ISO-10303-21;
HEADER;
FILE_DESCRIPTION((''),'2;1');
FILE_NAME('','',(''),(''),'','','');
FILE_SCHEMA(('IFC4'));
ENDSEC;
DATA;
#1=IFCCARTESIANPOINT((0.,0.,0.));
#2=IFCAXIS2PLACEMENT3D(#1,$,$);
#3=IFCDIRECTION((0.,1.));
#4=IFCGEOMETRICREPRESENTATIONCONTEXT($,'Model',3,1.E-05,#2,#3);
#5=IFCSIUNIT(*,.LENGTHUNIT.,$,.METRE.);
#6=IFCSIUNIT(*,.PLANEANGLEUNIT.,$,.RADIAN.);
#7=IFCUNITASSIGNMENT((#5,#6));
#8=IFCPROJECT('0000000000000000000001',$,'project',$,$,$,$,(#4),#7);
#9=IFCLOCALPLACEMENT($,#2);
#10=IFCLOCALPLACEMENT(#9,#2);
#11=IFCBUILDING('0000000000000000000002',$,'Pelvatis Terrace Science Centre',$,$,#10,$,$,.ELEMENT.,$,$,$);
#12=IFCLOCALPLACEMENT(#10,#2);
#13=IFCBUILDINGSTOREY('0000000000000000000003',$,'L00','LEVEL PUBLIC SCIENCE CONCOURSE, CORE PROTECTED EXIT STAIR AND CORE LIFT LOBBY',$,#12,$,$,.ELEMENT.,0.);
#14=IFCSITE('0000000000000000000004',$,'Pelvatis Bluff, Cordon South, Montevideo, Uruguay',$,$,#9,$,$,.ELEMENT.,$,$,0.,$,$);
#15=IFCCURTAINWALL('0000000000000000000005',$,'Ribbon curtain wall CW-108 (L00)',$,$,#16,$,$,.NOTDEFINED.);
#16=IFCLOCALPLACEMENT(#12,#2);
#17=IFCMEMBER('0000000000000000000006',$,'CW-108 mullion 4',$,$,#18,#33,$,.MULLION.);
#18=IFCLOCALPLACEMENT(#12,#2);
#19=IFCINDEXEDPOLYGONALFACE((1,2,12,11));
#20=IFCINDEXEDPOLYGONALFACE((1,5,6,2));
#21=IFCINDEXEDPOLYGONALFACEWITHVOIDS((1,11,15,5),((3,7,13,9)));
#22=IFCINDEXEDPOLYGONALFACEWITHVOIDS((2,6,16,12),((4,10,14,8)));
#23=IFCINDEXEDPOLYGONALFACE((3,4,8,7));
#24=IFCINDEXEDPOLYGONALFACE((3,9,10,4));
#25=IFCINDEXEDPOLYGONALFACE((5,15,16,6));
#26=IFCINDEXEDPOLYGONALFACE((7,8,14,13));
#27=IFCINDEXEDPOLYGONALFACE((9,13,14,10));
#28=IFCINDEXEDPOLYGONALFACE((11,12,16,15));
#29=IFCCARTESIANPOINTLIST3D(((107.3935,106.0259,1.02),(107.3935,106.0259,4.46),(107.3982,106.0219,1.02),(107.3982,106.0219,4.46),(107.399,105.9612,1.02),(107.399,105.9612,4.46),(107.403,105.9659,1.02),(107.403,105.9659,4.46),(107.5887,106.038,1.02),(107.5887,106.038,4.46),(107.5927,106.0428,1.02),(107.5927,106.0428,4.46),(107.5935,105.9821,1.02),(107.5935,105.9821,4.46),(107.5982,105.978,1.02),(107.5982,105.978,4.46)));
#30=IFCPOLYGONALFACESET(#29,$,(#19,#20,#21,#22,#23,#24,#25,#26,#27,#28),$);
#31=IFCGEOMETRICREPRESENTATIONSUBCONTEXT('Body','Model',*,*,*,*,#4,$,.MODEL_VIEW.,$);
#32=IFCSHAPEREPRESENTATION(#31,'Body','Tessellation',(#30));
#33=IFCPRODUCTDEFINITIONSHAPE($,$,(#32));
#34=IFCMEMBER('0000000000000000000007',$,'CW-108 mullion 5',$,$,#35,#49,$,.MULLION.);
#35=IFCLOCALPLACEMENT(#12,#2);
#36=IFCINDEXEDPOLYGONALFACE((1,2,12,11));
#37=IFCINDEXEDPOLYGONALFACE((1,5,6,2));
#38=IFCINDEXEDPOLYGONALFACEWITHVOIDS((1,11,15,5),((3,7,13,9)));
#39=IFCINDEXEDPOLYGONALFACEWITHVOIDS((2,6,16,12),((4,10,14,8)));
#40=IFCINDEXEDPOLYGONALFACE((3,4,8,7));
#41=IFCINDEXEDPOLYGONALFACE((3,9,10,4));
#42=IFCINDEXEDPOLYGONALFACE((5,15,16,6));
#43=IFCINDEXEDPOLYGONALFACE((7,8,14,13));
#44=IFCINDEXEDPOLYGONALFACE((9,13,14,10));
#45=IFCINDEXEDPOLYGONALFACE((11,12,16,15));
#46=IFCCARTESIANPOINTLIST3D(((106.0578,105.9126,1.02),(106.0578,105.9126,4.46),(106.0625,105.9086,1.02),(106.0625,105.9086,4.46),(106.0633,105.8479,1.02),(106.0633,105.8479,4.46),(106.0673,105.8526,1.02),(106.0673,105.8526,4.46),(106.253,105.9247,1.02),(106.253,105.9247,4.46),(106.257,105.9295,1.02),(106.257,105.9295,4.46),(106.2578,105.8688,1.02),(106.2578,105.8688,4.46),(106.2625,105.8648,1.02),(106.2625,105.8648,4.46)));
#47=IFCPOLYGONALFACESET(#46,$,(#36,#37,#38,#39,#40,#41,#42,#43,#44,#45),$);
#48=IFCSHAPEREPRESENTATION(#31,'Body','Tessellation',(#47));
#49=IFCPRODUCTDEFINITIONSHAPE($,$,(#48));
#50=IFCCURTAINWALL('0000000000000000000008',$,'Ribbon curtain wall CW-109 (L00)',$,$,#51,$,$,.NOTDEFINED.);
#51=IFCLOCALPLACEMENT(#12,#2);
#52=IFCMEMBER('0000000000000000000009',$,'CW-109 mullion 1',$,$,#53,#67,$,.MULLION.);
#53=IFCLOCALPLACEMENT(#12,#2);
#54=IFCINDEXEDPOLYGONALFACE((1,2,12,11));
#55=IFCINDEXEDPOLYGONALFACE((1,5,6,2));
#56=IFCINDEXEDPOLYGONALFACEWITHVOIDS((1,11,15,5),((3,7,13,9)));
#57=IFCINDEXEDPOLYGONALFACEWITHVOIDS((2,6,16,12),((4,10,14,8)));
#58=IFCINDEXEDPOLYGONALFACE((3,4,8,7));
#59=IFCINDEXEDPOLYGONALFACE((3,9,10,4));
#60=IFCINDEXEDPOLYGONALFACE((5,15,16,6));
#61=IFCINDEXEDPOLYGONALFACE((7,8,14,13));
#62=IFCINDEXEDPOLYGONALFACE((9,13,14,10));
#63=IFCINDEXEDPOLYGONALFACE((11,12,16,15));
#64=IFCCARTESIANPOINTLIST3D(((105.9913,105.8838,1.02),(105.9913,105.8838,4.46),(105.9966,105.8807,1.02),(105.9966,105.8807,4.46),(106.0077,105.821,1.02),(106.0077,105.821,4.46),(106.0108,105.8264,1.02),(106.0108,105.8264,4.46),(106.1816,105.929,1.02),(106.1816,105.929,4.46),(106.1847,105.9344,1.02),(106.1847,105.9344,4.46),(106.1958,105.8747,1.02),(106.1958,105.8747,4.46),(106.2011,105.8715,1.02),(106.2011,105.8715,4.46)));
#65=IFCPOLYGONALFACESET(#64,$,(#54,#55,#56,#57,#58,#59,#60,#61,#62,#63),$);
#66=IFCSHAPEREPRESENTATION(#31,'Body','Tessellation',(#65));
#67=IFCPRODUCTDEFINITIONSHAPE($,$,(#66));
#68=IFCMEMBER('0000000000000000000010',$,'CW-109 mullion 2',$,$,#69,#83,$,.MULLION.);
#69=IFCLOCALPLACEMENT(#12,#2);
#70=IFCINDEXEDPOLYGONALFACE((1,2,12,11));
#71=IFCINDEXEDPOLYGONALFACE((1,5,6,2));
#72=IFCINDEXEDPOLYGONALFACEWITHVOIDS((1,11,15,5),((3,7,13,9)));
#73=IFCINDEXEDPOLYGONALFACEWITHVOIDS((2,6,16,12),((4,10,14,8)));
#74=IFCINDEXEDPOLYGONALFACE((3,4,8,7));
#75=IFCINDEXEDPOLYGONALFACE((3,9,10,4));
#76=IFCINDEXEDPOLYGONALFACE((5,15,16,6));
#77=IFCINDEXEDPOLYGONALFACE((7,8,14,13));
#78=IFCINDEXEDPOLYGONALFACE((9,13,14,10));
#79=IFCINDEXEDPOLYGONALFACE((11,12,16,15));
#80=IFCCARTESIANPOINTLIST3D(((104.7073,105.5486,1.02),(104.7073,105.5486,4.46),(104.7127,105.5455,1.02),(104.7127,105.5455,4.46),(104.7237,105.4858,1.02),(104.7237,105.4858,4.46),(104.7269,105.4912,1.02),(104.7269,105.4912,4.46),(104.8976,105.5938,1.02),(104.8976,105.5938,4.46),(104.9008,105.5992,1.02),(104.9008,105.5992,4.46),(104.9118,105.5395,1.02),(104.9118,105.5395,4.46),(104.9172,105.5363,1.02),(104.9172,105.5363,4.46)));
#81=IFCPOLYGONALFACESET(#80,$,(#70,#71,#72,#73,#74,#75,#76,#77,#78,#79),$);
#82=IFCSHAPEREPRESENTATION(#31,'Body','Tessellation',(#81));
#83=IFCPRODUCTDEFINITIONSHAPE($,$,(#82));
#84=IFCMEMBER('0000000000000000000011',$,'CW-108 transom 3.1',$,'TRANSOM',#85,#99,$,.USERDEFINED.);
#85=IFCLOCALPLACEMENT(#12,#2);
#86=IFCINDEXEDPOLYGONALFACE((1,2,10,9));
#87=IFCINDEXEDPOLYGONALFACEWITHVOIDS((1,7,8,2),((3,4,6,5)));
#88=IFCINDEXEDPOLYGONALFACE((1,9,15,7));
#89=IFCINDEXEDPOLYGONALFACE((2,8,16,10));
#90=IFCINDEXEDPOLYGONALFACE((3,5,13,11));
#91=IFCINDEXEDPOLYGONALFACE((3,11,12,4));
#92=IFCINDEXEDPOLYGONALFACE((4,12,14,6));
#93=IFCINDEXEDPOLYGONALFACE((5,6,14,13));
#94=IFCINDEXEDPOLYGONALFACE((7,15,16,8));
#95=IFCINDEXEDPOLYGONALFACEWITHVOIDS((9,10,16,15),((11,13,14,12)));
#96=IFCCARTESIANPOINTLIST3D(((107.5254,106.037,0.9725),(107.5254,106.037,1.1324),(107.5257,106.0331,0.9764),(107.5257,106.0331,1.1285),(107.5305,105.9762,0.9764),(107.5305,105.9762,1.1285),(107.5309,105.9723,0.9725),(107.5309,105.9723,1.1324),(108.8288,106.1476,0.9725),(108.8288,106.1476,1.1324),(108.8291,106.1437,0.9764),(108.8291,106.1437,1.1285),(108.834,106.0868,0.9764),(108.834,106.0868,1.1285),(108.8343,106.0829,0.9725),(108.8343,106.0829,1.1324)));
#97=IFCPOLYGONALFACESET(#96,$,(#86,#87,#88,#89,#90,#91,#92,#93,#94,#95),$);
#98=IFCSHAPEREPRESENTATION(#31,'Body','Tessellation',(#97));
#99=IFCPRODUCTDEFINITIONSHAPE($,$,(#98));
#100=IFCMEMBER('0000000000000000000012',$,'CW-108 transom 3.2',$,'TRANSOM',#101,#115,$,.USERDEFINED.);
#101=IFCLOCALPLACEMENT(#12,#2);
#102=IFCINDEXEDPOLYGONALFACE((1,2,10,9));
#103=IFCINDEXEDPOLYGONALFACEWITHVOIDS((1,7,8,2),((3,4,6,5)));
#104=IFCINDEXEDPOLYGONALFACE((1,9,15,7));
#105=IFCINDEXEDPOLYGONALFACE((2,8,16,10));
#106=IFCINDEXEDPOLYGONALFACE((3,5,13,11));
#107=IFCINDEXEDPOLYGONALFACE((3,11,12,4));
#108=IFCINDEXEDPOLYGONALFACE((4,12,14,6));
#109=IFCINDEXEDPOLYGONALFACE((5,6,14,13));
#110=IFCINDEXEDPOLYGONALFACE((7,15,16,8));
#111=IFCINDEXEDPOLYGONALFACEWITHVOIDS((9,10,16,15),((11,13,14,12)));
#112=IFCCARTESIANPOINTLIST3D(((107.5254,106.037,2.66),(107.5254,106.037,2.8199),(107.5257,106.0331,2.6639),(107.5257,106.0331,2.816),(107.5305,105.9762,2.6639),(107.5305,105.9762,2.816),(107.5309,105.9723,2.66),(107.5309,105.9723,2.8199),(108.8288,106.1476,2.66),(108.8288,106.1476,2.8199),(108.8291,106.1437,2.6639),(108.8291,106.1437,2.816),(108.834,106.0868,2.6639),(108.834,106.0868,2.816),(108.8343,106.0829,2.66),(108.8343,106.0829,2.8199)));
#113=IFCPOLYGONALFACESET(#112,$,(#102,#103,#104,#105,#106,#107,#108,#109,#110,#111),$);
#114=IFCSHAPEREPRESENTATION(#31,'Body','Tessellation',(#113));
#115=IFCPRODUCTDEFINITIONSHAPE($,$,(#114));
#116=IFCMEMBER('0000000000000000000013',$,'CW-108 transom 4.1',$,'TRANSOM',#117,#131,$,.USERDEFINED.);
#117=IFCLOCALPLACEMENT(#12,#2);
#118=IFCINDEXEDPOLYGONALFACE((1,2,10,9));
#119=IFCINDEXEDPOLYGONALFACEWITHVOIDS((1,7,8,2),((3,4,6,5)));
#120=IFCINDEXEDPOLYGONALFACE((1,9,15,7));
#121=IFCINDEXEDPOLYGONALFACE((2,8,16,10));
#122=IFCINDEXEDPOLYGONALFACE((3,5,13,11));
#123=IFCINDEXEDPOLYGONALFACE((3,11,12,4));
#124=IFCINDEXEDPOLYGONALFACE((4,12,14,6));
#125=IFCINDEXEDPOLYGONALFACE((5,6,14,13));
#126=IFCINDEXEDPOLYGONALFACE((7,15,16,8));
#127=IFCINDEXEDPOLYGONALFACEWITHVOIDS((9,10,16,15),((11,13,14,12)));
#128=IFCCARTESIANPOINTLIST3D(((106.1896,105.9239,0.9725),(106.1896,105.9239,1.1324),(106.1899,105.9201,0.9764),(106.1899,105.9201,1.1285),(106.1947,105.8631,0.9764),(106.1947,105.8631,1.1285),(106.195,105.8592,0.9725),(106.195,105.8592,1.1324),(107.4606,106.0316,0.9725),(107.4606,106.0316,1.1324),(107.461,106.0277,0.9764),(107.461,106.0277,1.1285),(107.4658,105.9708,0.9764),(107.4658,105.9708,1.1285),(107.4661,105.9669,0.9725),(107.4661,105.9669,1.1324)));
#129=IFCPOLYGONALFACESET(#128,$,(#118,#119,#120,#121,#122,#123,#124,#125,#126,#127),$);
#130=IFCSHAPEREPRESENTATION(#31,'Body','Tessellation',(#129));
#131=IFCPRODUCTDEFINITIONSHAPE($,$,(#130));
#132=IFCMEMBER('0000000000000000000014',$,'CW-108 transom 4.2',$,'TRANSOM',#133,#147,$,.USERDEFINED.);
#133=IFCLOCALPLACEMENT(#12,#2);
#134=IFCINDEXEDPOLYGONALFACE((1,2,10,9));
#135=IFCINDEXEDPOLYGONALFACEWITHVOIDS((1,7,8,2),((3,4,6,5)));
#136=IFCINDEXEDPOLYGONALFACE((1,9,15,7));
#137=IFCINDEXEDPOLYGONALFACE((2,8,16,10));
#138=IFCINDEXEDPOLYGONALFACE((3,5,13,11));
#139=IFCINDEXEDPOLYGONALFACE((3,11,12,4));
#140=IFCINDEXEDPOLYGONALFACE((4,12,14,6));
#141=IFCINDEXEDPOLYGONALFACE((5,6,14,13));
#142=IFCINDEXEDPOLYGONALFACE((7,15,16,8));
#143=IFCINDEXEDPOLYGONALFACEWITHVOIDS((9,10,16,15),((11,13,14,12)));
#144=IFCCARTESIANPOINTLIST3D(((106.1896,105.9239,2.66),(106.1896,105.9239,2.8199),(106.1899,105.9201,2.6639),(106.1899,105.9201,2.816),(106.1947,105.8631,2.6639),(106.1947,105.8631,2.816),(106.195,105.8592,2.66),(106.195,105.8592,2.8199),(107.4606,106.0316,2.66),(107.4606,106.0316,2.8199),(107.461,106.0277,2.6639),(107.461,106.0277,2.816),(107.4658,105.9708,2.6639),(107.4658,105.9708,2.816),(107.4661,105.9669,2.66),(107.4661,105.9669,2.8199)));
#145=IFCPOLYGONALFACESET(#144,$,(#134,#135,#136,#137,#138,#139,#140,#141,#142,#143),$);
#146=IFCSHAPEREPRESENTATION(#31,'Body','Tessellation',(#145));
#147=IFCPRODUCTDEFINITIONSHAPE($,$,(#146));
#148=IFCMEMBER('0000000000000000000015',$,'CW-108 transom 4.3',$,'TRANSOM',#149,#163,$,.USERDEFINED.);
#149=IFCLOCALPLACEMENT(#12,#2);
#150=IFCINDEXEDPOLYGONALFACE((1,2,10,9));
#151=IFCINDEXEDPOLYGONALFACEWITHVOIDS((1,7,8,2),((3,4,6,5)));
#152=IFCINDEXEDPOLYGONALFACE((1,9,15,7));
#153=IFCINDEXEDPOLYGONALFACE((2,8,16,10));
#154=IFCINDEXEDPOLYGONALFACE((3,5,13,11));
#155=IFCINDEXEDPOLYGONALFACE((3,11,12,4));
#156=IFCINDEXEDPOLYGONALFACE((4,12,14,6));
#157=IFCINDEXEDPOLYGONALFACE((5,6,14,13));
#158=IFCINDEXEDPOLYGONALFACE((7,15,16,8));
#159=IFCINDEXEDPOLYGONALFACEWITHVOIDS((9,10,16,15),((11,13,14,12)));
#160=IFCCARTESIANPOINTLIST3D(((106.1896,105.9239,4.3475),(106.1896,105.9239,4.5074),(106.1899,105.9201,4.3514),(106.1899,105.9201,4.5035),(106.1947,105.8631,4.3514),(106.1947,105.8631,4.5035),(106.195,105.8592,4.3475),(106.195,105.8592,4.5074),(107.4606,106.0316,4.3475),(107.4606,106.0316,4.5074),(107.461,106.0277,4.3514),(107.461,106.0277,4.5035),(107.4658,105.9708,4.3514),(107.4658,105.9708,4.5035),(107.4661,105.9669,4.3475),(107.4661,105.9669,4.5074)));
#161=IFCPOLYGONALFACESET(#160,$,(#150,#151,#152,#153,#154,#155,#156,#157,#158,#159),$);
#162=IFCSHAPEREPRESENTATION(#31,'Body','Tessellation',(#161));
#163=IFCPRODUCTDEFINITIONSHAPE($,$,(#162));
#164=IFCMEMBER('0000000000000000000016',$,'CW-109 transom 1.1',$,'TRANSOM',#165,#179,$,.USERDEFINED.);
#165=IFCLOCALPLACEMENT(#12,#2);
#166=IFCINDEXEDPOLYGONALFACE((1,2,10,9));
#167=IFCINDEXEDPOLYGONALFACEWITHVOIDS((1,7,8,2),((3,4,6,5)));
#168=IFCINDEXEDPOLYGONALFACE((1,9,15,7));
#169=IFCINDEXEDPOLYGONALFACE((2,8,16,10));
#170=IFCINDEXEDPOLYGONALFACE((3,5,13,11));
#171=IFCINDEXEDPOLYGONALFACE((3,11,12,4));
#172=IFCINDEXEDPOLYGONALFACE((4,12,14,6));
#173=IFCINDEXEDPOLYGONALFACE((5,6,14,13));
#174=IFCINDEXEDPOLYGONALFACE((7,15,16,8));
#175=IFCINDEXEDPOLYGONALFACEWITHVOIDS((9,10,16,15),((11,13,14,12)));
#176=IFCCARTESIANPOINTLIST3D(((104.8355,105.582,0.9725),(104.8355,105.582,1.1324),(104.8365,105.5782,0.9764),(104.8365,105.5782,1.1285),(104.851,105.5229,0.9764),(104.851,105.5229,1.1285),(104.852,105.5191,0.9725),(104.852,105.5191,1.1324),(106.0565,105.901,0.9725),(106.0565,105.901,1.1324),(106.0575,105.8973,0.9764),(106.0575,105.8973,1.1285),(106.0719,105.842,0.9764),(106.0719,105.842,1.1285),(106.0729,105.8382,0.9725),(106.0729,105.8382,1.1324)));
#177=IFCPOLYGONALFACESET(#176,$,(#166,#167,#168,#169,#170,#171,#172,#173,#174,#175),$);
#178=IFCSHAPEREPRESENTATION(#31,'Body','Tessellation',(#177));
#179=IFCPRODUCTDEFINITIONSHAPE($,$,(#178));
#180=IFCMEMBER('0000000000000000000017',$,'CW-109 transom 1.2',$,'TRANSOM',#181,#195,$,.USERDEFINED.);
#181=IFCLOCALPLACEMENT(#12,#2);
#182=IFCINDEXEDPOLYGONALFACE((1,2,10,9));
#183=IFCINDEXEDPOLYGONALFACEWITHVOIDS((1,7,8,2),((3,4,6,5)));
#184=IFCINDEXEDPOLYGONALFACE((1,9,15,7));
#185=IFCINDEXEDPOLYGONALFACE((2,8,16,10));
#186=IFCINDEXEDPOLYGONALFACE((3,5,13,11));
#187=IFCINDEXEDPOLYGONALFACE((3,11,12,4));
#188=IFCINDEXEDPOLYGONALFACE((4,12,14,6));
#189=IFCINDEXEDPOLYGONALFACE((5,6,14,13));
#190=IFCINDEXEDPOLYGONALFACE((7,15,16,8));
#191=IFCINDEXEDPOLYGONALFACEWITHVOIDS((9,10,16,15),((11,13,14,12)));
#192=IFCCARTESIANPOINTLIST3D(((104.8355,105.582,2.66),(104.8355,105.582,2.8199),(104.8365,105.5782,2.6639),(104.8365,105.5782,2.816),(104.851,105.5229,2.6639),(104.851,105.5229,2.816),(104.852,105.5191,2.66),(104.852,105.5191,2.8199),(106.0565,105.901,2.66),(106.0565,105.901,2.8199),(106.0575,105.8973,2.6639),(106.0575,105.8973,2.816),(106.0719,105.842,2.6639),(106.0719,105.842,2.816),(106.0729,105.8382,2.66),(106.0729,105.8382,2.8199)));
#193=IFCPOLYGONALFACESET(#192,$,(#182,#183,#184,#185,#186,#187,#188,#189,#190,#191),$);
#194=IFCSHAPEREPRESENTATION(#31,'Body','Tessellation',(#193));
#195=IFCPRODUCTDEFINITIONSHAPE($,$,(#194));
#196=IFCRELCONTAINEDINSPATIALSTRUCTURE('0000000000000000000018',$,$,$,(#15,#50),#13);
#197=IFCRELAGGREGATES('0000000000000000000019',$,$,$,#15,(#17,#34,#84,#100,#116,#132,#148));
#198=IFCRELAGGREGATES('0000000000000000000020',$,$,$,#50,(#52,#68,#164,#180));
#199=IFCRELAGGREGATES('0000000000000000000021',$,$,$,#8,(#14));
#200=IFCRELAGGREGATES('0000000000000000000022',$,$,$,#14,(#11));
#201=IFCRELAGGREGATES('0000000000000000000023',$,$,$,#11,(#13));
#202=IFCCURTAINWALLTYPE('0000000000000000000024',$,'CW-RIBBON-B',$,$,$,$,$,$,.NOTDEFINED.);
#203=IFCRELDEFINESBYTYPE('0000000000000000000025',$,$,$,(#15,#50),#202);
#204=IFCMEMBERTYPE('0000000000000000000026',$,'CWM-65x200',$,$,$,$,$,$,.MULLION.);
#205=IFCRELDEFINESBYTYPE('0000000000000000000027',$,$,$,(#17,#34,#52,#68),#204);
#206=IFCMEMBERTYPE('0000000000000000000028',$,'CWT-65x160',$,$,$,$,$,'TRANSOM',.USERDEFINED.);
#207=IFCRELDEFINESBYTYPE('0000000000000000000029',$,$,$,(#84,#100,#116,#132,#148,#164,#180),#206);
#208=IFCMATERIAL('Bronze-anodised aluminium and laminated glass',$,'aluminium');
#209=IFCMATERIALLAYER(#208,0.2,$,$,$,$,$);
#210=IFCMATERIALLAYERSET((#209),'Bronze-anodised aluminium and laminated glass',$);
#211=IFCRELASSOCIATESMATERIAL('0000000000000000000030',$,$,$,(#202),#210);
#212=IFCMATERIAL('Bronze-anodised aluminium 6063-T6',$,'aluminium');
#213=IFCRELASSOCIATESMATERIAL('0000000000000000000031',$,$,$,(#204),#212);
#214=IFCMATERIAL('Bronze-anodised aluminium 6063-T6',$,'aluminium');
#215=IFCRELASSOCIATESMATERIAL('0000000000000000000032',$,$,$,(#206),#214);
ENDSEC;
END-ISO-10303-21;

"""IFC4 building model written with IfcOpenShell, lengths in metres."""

from ifc_helpers import new_model, si_unit, direction, frame, origin, origin_2d, place, context, subcontext, project, spatial, hollow_rectangle, extrude, material, layer, layer_set, material_profile, profile_set, type_object, element, aggregate, save


model = new_model("IFC4")

# Units and contexts
model_context = context("Model", 3, precision=1e-05, world=origin(), true_north=direction((0.0, 1.0)))
body_context = subcontext(model_context, "Body", "Model", "MODEL_VIEW")
ifc_project = project(units=[si_unit("LENGTHUNIT", "METRE"), si_unit("PLANEANGLEUNIT", "RADIAN")], contexts=[model_context])

# Site, building, storey
site_placement = place(None, origin())
site = spatial("IfcSite", under=ifc_project, at=site_placement, Name="Pelvatis Bluff, Cordon South, Montevideo, Uruguay", CompositionType="ELEMENT", RefElevation=0.0)
building_placement = place(site_placement, origin())
building = spatial("IfcBuilding", under=site, at=building_placement, Name="Pelvatis Terrace Science Centre", CompositionType="ELEMENT")
storey_placement = place(building_placement, origin())
storey = spatial("IfcBuildingStorey", under=building, at=storey_placement, Name="L00", Description="LEVEL PUBLIC SCIENCE CONCOURSE, CORE PROTECTED EXIT STAIR AND CORE LIFT LOBBY", CompositionType="ELEMENT", Elevation=0.0)

# Curtain walls, members
ifc_material_1 = material(Name="Bronze-anodised aluminium and laminated glass", Category="aluminium")
ifc_layer_1 = layer(ifc_material_1, 0.2)
ifc_layer_set_1 = layer_set([ifc_layer_1], Name="Bronze-anodised aluminium and laminated glass")
curtain_wall_type = type_object("IfcCurtainWallType", Name="CW-RIBBON-B", PredefinedType="NOTDEFINED", material=ifc_layer_set_1)
curtain_wall_1_placement = place(storey_placement, origin())
curtain_wall_1 = element("IfcCurtainWall", 1, at=curtain_wall_1_placement, inside=storey, type_object=curtain_wall_type, Name="Ribbon curtain wall CW-108 (L00)", PredefinedType="NOTDEFINED")
ifc_material_2 = material(Name="Bronze-anodised aluminium 6063-T6", Category="aluminium")
ifc_material_profile_1 = material_profile(ifc_material_2, hollow_rectangle(XDim=0.0649, YDim=0.2, WallThickness=0.0044, at=origin_2d()), Name="ALU-MUL 65x200")
ifc_profile_set_1 = profile_set([ifc_material_profile_1], Name="Bronze-anodised aluminium 6063-T6")
member_type_1 = type_object("IfcMemberType", Name="CWM-65x200", PredefinedType="MULLION", material=ifc_profile_set_1)
member_1_placement = place(storey_placement, frame((107.4958, 106.002, 1.02), z_axis=(0.0, 0.0, 1.0), x_axis=(0.084488, -0.996425, 0.0)))
member_1 = element("IfcMember", 2, at=member_1_placement, type_object=member_type_1, Name="CW-108 mullion 4", PredefinedType="MULLION", context=body_context, shape_type="SweptSolid", body=[
    extrude(hollow_rectangle(XDim=0.0649, YDim=0.2, WallThickness=0.0044, at=origin_2d()), origin(), (0.0, 0.0, 1.0), 3.4399),
])
member_2_placement = place(storey_placement, frame((106.1602, 105.8887, 1.02), z_axis=(0.0, 0.0, 1.0), x_axis=(0.084488, -0.996425, 0.0)))
member_2 = element("IfcMember", 3, at=member_2_placement, type_object=member_type_1, Name="CW-108 mullion 5", PredefinedType="MULLION", context=body_context, shape_type="SweptSolid", body=[
    extrude(hollow_rectangle(XDim=0.0649, YDim=0.2, WallThickness=0.0044, at=origin_2d()), origin(), (0.0, 0.0, 1.0), 3.4399),
])
curtain_wall_2_placement = place(storey_placement, origin())
curtain_wall_2 = element("IfcCurtainWall", 4, at=curtain_wall_2_placement, inside=storey, type_object=curtain_wall_type, Name="Ribbon curtain wall CW-109 (L00)", PredefinedType="NOTDEFINED")
member_3_placement = place(storey_placement, frame((106.0962, 105.8777, 1.02), z_axis=(0.0, 0.0, 1.0), x_axis=(0.252698, -0.967545, 0.0)))
member_3 = element("IfcMember", 5, at=member_3_placement, type_object=member_type_1, Name="CW-109 mullion 1", PredefinedType="MULLION", context=body_context, shape_type="SweptSolid", body=[
    extrude(hollow_rectangle(XDim=0.0649, YDim=0.2, WallThickness=0.0044, at=origin_2d()), origin(), (0.0, 0.0, 1.0), 3.4399),
])
member_4_placement = place(storey_placement, frame((104.8123, 105.5425, 1.02), z_axis=(0.0, 0.0, 1.0), x_axis=(0.252698, -0.967545, 0.0)))
member_4 = element("IfcMember", 6, at=member_4_placement, type_object=member_type_1, Name="CW-109 mullion 2", PredefinedType="MULLION", context=body_context, shape_type="SweptSolid", body=[
    extrude(hollow_rectangle(XDim=0.0649, YDim=0.2, WallThickness=0.0044, at=origin_2d()), origin(), (0.0, 0.0, 1.0), 3.4399),
])

# Members
ifc_material_3 = material(Name="Bronze-anodised aluminium 6063-T6", Category="aluminium")
ifc_material_profile_2 = material_profile(ifc_material_3, hollow_rectangle(XDim=0.0649, YDim=0.1599, WallThickness=0.0039, at=origin_2d()), Name="ALU-TRN 65x160")
ifc_profile_set_2 = profile_set([ifc_material_profile_2], Name="Bronze-anodised aluminium 6063-T6")
member_type_2 = type_object("IfcMemberType", Name="CWT-65x160", ElementType="TRANSOM", PredefinedType="USERDEFINED", material=ifc_profile_set_2)
member_5_placement = place(storey_placement, frame((108.8315, 106.1152, 1.0525), z_axis=(-0.99642, -0.084544, 0.0), x_axis=(0.084544, -0.99642, 0.0)))
member_5 = element("IfcMember", 7, at=member_5_placement, type_object=member_type_2, Name="CW-108 transom 3.1", ObjectType="TRANSOM", PredefinedType="USERDEFINED", context=body_context, shape_type="SweptSolid", body=[
    extrude(hollow_rectangle(XDim=0.0649, YDim=0.1599, WallThickness=0.0039, at=origin_2d()), origin(), (0.0, 0.0, 1.0), 1.3081),
])
member_6_placement = place(storey_placement, frame((108.8315, 106.1152, 2.74), z_axis=(-0.99642, -0.084544, 0.0), x_axis=(0.084544, -0.99642, 0.0)))
member_6 = element("IfcMember", 8, at=member_6_placement, type_object=member_type_2, Name="CW-108 transom 3.2", ObjectType="TRANSOM", PredefinedType="USERDEFINED", context=body_context, shape_type="SweptSolid", body=[
    extrude(hollow_rectangle(XDim=0.0649, YDim=0.1599, WallThickness=0.0039, at=origin_2d()), origin(), (0.0, 0.0, 1.0), 1.3081),
])
member_7_placement = place(storey_placement, frame((107.4634, 105.9993, 1.0525), z_axis=(-0.996431, -0.084408, 0.0), x_axis=(0.084408, -0.996431, 0.0)))
member_7 = element("IfcMember", 9, at=member_7_placement, type_object=member_type_2, Name="CW-108 transom 4.1", ObjectType="TRANSOM", PredefinedType="USERDEFINED", context=body_context, shape_type="SweptSolid", body=[
    extrude(hollow_rectangle(XDim=0.0649, YDim=0.1599, WallThickness=0.0039, at=origin_2d()), origin(), (0.0, 0.0, 1.0), 1.2756),
])
member_8_placement = place(storey_placement, frame((107.4634, 105.9993, 2.74), z_axis=(-0.996431, -0.084408, 0.0), x_axis=(0.084408, -0.996431, 0.0)))
member_8 = element("IfcMember", 10, at=member_8_placement, type_object=member_type_2, Name="CW-108 transom 4.2", ObjectType="TRANSOM", PredefinedType="USERDEFINED", context=body_context, shape_type="SweptSolid", body=[
    extrude(hollow_rectangle(XDim=0.0649, YDim=0.1599, WallThickness=0.0039, at=origin_2d()), origin(), (0.0, 0.0, 1.0), 1.2756),
])
member_9_placement = place(storey_placement, frame((107.4634, 105.9993, 4.4275), z_axis=(-0.996431, -0.084408, 0.0), x_axis=(0.084408, -0.996431, 0.0)))
member_9 = element("IfcMember", 11, at=member_9_placement, type_object=member_type_2, Name="CW-108 transom 4.3", ObjectType="TRANSOM", PredefinedType="USERDEFINED", context=body_context, shape_type="SweptSolid", body=[
    extrude(hollow_rectangle(XDim=0.0649, YDim=0.1599, WallThickness=0.0039, at=origin_2d()), origin(), (0.0, 0.0, 1.0), 1.2756),
])
member_10_placement = place(storey_placement, frame((106.0647, 105.8696, 1.0525), z_axis=(-0.967504, -0.252855, 0.0), x_axis=(0.252855, -0.967504, 0.0)))
member_10 = element("IfcMember", 12, at=member_10_placement, type_object=member_type_2, Name="CW-109 transom 1.1", ObjectType="TRANSOM", PredefinedType="USERDEFINED", context=body_context, shape_type="SweptSolid", body=[
    extrude(hollow_rectangle(XDim=0.0649, YDim=0.1599, WallThickness=0.0039, at=origin_2d()), origin(), (0.0, 0.0, 1.0), 1.262),
])
member_11_placement = place(storey_placement, frame((106.0647, 105.8696, 2.74), z_axis=(-0.967504, -0.252855, 0.0), x_axis=(0.252855, -0.967504, 0.0)))
member_11 = element("IfcMember", 13, at=member_11_placement, type_object=member_type_2, Name="CW-109 transom 1.2", ObjectType="TRANSOM", PredefinedType="USERDEFINED", context=body_context, shape_type="SweptSolid", body=[
    extrude(hollow_rectangle(XDim=0.0649, YDim=0.1599, WallThickness=0.0039, at=origin_2d()), origin(), (0.0, 0.0, 1.0), 1.262),
])

aggregate(curtain_wall_1, [member_1, member_2, member_5, member_6, member_7, member_8, member_9])
aggregate(curtain_wall_2, [member_3, member_4, member_10, member_11])

save(model, "model.ifc")
